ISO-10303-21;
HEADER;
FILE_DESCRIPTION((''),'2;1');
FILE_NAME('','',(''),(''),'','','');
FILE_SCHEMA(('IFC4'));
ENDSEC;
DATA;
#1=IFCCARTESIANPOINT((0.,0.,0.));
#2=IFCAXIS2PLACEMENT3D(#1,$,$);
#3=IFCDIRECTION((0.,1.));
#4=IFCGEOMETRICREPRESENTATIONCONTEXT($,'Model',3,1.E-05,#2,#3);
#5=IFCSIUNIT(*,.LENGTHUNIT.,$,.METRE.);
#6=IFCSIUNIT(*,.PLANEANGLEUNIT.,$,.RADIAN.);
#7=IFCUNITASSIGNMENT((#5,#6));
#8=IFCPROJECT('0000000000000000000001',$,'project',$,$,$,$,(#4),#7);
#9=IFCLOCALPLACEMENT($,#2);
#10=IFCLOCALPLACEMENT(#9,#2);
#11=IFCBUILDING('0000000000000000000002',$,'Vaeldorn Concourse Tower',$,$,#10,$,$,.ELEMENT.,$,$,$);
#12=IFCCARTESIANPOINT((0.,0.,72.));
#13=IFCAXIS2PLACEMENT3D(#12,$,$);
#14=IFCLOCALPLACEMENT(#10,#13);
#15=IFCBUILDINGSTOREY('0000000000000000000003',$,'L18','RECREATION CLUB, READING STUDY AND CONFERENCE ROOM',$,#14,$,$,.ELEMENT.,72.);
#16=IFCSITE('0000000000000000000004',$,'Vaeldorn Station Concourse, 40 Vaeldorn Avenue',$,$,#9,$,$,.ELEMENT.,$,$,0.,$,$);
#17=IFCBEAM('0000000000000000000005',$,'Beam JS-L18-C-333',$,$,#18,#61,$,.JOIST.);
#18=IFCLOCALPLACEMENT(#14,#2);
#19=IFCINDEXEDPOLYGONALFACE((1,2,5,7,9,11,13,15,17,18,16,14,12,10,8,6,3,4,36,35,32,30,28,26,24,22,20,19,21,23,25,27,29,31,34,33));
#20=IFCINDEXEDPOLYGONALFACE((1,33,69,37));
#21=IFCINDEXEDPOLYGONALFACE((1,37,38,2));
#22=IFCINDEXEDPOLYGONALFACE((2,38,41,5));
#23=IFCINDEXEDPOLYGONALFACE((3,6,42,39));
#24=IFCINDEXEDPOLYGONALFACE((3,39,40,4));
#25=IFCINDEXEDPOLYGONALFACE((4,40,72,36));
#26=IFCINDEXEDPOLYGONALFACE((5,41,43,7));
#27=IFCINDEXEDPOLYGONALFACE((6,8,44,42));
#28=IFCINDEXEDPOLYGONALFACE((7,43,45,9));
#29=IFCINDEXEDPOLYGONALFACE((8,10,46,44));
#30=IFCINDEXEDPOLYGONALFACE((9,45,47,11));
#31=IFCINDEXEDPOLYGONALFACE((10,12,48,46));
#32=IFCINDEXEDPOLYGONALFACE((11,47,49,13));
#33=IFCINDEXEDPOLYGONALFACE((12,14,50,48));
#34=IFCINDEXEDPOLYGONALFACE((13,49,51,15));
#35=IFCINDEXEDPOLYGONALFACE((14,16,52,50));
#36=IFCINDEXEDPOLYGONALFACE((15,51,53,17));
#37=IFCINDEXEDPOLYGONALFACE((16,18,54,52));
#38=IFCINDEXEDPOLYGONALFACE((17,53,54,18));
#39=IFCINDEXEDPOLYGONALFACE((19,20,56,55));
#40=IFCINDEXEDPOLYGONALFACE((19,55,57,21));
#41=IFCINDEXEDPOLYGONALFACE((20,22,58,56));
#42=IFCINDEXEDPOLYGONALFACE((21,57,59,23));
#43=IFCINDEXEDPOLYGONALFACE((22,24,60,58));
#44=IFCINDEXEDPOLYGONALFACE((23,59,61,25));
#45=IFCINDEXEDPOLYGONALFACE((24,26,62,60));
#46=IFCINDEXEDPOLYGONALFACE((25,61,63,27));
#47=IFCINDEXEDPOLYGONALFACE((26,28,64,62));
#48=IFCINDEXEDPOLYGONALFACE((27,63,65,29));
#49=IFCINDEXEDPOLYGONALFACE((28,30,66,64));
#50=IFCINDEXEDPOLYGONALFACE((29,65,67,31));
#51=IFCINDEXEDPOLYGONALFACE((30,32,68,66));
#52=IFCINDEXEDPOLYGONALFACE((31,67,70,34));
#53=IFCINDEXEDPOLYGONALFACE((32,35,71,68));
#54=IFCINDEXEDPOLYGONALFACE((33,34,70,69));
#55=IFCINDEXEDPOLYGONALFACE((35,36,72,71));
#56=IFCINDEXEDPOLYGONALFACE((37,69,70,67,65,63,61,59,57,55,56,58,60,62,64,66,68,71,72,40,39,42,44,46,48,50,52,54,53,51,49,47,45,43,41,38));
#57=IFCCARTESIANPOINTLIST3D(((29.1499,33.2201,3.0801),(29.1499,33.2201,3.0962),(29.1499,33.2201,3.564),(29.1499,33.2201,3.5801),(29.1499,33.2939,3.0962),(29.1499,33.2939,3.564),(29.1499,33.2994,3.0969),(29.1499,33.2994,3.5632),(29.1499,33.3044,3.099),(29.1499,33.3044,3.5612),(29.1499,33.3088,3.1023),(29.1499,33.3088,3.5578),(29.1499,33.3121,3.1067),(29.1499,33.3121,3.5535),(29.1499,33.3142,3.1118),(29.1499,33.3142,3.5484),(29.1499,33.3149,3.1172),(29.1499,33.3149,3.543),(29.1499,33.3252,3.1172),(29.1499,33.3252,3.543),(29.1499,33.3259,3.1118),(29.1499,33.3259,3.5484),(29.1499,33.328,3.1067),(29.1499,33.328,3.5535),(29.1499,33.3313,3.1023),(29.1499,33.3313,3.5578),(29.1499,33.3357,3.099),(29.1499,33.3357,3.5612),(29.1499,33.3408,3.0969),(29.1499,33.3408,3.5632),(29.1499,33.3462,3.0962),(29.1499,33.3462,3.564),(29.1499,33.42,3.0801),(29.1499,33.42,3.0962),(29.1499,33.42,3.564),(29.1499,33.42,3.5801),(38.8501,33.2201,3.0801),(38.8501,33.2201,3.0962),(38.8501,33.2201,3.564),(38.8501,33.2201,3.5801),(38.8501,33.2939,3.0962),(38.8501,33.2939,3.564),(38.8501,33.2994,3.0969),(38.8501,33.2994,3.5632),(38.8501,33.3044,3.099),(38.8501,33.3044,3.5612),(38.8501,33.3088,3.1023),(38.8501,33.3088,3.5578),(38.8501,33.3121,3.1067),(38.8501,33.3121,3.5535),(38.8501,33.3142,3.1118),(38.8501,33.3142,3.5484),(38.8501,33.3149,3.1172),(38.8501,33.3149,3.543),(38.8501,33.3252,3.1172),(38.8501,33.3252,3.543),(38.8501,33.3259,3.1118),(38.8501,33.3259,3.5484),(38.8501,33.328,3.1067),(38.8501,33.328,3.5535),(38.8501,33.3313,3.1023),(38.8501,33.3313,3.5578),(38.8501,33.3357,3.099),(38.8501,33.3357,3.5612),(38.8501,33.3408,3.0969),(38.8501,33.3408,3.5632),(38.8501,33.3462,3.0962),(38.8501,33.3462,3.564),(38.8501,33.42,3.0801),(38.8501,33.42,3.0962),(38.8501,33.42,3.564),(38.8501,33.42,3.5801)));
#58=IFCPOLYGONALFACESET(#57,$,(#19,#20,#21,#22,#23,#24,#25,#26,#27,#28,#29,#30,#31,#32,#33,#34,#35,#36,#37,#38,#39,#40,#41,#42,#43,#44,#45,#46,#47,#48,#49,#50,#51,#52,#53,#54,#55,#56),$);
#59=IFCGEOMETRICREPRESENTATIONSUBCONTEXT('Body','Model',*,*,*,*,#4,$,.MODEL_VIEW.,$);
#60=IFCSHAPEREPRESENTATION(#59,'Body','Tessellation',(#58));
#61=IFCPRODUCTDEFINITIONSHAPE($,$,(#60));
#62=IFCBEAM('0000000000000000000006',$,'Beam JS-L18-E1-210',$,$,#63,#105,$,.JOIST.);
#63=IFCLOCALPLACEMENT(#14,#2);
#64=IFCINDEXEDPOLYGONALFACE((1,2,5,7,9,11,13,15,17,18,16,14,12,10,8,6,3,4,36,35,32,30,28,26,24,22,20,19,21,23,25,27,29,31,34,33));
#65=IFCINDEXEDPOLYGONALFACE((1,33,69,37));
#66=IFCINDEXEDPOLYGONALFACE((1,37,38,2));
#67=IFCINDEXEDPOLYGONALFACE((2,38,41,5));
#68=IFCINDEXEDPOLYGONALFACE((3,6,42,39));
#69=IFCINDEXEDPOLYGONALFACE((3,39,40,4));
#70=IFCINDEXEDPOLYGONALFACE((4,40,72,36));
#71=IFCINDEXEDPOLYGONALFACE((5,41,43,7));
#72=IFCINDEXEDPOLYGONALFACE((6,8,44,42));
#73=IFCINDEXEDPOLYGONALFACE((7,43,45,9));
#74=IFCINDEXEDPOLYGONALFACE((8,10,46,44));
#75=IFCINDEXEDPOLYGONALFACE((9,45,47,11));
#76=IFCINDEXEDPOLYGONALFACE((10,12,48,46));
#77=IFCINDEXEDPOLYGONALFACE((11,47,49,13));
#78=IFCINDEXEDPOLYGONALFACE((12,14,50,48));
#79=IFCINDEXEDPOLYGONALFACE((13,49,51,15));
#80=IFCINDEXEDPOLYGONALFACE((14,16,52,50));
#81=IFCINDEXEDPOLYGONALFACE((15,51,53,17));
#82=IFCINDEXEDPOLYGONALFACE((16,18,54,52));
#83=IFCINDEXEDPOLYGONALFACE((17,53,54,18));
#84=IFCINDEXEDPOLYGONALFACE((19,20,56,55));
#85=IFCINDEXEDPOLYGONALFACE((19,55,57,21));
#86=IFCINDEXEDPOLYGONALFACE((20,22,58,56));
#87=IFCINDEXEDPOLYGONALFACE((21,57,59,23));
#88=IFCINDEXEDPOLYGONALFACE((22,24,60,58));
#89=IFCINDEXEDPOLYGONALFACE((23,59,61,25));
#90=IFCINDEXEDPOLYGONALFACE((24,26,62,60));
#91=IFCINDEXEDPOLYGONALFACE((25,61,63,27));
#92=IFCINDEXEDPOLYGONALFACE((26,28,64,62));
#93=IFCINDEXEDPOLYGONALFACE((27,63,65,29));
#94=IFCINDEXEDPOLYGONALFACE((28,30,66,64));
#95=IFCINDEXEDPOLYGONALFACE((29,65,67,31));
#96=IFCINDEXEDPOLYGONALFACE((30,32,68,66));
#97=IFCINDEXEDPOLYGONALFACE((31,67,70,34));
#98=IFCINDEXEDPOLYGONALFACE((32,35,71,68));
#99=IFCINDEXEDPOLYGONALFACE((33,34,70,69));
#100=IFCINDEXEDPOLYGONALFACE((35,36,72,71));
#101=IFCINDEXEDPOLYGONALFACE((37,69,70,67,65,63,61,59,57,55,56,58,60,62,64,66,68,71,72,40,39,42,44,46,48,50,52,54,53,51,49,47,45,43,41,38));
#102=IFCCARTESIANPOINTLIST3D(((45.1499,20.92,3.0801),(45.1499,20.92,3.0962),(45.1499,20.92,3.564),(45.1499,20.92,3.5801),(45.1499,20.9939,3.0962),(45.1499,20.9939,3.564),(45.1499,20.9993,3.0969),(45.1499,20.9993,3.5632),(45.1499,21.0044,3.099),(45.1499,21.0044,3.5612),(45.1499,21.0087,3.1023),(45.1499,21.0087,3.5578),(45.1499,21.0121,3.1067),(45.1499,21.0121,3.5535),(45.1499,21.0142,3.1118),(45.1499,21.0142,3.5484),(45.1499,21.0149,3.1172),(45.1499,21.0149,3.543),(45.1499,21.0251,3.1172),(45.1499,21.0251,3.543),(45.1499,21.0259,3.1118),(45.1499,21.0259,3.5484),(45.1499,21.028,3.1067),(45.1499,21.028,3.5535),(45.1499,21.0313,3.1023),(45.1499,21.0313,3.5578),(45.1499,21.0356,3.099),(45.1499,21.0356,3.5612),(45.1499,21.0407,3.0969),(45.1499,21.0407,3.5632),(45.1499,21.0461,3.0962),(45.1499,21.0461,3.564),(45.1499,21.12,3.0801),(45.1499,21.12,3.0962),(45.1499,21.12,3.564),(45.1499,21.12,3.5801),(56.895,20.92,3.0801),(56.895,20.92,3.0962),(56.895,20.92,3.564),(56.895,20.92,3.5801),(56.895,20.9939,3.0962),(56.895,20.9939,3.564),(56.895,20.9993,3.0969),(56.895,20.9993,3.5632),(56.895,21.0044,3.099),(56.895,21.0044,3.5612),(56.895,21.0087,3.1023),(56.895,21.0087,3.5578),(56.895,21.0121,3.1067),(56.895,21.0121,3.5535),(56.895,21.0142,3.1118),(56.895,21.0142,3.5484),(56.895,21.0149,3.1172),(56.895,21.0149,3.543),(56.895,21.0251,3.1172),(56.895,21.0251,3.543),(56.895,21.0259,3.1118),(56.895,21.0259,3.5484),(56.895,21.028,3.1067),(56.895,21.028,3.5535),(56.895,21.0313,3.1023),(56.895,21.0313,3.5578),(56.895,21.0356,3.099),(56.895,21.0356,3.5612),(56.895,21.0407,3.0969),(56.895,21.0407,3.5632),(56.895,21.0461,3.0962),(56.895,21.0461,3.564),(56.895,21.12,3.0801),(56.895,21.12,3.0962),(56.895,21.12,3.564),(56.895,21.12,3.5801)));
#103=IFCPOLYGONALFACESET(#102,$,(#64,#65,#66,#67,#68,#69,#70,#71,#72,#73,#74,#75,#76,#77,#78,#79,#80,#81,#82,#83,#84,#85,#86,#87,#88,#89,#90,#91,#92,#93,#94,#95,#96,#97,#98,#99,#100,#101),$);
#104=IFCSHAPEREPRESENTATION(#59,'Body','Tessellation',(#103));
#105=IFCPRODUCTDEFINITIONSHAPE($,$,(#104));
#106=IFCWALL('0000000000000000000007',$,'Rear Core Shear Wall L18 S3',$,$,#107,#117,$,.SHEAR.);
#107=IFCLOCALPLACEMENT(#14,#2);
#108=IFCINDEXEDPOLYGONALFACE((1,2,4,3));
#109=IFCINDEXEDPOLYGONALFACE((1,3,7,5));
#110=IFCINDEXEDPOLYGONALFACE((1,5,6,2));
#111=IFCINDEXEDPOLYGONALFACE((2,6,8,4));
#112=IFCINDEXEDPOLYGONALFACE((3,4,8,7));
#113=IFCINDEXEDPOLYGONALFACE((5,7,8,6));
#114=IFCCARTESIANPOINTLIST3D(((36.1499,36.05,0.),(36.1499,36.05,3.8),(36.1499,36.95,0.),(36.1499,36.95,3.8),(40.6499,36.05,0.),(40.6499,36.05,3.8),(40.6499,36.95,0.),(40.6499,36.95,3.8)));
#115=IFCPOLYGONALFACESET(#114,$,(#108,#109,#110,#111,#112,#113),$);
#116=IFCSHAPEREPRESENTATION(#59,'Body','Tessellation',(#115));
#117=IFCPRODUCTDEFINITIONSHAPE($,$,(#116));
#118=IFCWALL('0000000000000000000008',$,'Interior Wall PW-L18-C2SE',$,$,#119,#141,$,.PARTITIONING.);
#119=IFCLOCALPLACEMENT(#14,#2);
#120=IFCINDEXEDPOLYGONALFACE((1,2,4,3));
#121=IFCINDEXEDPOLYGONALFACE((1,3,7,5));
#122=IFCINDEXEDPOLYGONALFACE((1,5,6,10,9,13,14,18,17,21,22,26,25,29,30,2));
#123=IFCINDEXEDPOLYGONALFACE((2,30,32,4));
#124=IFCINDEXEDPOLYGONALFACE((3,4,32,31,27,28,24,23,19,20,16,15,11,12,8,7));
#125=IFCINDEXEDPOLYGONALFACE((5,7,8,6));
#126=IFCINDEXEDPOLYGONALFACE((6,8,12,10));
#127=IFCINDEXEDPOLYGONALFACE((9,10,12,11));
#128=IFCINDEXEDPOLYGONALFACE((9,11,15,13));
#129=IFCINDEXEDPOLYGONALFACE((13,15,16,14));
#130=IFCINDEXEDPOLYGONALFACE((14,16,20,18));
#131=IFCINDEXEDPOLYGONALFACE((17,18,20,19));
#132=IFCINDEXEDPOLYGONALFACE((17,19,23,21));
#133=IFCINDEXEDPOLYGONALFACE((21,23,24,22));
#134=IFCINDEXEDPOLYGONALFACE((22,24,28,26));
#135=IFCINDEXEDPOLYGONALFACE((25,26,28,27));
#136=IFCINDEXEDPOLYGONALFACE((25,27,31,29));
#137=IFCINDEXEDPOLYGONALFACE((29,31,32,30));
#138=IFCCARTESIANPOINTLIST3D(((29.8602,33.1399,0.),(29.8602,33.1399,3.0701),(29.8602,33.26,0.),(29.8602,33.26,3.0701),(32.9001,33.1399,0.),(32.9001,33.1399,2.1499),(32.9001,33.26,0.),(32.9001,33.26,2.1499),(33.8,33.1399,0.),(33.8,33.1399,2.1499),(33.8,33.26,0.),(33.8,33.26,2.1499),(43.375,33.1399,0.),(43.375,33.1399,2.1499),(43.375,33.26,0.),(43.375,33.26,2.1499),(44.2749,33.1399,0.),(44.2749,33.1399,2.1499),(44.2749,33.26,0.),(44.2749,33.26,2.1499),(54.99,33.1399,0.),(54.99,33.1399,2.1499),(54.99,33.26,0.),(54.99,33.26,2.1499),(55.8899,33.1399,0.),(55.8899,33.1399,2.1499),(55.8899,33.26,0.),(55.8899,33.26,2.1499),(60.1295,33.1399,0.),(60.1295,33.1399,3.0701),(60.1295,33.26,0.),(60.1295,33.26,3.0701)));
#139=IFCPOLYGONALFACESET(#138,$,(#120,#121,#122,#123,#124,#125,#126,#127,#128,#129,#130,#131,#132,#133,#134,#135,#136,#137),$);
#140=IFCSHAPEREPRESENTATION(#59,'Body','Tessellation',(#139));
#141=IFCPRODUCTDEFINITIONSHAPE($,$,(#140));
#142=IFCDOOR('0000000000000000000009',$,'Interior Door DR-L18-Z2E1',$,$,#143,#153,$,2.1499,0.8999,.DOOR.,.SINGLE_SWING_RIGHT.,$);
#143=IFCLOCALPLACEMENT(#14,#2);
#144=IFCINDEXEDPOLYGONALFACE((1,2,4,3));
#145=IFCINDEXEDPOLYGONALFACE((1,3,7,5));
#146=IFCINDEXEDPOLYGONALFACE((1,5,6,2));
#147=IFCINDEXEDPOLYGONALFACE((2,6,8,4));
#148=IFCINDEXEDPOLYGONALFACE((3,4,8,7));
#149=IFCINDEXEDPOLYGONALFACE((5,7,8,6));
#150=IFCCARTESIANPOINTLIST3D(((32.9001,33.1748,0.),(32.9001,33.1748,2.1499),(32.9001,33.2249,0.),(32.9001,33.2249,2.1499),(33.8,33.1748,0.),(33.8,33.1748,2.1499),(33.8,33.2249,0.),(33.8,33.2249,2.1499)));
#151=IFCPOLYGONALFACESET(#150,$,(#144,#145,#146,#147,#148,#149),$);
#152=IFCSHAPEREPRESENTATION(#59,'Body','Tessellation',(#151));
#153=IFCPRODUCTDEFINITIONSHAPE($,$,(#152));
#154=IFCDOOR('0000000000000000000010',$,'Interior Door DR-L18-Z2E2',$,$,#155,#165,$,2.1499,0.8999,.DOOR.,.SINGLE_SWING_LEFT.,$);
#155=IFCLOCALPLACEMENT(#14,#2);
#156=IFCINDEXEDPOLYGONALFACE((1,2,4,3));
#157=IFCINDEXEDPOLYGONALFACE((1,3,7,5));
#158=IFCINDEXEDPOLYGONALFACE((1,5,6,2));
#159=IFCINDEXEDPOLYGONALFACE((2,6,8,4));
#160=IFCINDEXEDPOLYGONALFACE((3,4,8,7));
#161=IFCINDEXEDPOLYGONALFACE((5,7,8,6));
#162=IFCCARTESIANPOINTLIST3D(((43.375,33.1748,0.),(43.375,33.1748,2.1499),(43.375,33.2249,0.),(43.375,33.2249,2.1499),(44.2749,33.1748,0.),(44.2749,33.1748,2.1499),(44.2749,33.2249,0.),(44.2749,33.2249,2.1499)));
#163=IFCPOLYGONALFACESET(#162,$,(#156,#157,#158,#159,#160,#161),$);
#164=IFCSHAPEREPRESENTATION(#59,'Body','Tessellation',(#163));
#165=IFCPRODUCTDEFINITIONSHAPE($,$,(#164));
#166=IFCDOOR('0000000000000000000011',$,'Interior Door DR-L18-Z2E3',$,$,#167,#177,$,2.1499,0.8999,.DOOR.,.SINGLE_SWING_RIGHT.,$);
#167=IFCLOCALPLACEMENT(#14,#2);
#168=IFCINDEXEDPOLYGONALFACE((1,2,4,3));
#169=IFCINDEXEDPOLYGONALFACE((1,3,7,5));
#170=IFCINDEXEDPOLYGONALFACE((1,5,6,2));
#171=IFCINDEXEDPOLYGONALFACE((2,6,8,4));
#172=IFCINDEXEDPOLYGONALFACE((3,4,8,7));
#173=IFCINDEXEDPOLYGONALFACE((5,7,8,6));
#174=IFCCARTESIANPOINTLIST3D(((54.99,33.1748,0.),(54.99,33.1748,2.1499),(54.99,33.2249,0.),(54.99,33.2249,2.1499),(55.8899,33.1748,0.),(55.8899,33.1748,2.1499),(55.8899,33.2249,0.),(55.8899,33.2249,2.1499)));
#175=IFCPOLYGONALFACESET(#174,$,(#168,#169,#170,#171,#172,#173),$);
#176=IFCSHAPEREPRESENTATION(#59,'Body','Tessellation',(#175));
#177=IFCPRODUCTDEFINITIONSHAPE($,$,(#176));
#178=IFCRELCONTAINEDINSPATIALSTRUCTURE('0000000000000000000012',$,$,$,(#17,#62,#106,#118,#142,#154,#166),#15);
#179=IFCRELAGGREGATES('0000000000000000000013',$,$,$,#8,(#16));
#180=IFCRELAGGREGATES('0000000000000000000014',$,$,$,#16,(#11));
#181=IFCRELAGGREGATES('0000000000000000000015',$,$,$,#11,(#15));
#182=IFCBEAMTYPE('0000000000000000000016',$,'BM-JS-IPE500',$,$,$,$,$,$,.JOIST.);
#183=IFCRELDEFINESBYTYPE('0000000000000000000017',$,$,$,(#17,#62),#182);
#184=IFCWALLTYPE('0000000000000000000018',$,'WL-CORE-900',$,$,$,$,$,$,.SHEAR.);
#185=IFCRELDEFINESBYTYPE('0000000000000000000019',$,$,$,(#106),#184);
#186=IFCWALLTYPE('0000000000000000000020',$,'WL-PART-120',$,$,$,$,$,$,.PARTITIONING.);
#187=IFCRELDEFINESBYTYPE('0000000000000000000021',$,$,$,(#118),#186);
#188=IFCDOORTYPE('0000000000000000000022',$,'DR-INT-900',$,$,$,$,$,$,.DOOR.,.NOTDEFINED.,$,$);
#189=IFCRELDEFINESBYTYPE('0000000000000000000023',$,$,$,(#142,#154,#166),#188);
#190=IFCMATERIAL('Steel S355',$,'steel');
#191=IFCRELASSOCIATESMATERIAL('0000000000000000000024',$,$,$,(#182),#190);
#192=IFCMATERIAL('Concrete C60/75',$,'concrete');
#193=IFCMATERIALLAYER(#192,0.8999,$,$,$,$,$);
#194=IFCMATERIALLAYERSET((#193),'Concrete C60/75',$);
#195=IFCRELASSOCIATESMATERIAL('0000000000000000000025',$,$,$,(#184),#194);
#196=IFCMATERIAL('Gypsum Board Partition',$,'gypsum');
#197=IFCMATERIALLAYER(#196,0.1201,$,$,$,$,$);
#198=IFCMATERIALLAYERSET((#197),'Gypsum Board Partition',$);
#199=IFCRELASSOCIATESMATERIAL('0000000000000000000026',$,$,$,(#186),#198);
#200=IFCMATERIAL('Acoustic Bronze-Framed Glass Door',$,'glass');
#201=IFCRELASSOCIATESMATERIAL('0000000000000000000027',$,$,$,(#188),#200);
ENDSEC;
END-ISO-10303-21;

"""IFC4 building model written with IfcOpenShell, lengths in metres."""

from ifc_helpers import new_model, si_unit, direction, frame, frame_2d, origin, origin_2d, place, context, subcontext, project, spatial, rectangle, i_section, extrude, source, transform, mapped, material, layer, layer_set, material_profile, profile_set, type_object, element, fill, save


model = new_model("IFC4")

# Units and contexts
model_context = context("Model", 3, precision=1e-05, world=origin(), true_north=direction((0.0, 1.0)))
body_context = subcontext(model_context, "Body", "Model", "MODEL_VIEW")
ifc_project = project(units=[si_unit("LENGTHUNIT", "METRE"), si_unit("PLANEANGLEUNIT", "RADIAN")], contexts=[model_context])

# Site, building, storey
site_placement = place(None, origin())
site = spatial("IfcSite", under=ifc_project, at=site_placement, Name="Vaeldorn Station Concourse, 40 Vaeldorn Avenue", CompositionType="ELEMENT", RefElevation=0.0)
building_placement = place(site_placement, origin())
building = spatial("IfcBuilding", under=site, at=building_placement, Name="Vaeldorn Concourse Tower", CompositionType="ELEMENT")
storey_placement = place(building_placement, frame((0.0, 0.0, 72.0)))
storey = spatial("IfcBuildingStorey", under=building, at=storey_placement, Name="L18", Description="RECREATION CLUB, READING STUDY AND CONFERENCE ROOM", CompositionType="ELEMENT", Elevation=72.0)

# Beams
ifc_material_1 = material(Name="Steel S355", Category="steel")
ifc_material_profile_1 = material_profile(ifc_material_1, i_section(OverallWidth=0.2, OverallDepth=0.5, WebThickness=0.0103, FlangeThickness=0.0161, FilletRadius=0.021, at=origin_2d()), Name="IPE 500")
ifc_profile_set_1 = profile_set([ifc_material_profile_1], Name="Steel S355")
beam_type_1 = type_object("IfcBeamType", Name="BM-JS-IPE500", PredefinedType="JOIST", material=ifc_profile_set_1)
shared_shape_1 = source(origin(), body_context, "Body", "SweptSolid", [
    extrude(i_section(OverallWidth=0.2, OverallDepth=0.5, WebThickness=0.0103, FlangeThickness=0.0161, FilletRadius=0.021, at=origin_2d()), origin(), (0.0, 0.0, 1.0), 9.7002),
])
for number, where, z_axis, x_axis, name in (
    (1, (29.1499, 33.3201, 3.3301), (1.0, 0.0, 0.0), (0.0, 1.0, 0.0), "Beam JS-L18-C-333"),
):
    element("IfcBeam", number, at=place(storey_placement, frame(where, z_axis=z_axis, x_axis=x_axis)), inside=storey, type_object=beam_type_1, Name=name, PredefinedType="JOIST", context=body_context, shape_type="MappedRepresentation", body=[
        mapped(shared_shape_1, transform((0.0, 0.0, 0.0), scale=1.0)),
    ])
shared_shape_2 = source(origin(), body_context, "Body", "SweptSolid", [
    extrude(i_section(OverallWidth=0.2, OverallDepth=0.5, WebThickness=0.0103, FlangeThickness=0.0161, FilletRadius=0.021, at=origin_2d()), origin(), (0.0, 0.0, 1.0), 11.7451),
])
beam_1_placement = place(storey_placement, frame((45.1499, 21.02, 3.3301), z_axis=(1.0, 0.0, 0.0), x_axis=(0.0, 1.0, 0.0)))
element("IfcBeam", 2, at=beam_1_placement, inside=storey, type_object=beam_type_1, Name="Beam JS-L18-E1-210", PredefinedType="JOIST", context=body_context, shape_type="MappedRepresentation", body=[
    mapped(shared_shape_2, transform((0.0, 0.0, 0.0), scale=1.0)),
])

# Wall
ifc_material_2 = material(Name="Concrete C60/75", Category="concrete")
ifc_layer_1 = layer(ifc_material_2, 0.8999)
ifc_layer_set_1 = layer_set([ifc_layer_1], Name="Concrete C60/75")
wall_type_1 = type_object("IfcWallType", Name="WL-CORE-900", PredefinedType="SHEAR", material=ifc_layer_set_1)
wall_1_placement = place(storey_placement, frame((36.1499, 36.5, 0.0), z_axis=(0.0, 0.0, 1.0), x_axis=(1.0, 0.0, 0.0)))
element("IfcWall", 3, at=wall_1_placement, inside=storey, type_object=wall_type_1, Name="Rear Core Shear Wall L18 S3", PredefinedType="SHEAR", context=body_context, shape_type="SweptSolid", body=[
    extrude(rectangle(XDim=4.5, YDim=0.8999, at=frame_2d((2.25, 0.0))), origin(), (0.0, 0.0, 1.0), 3.8),
])

# Wall, openings, doors
ifc_material_3 = material(Name="Gypsum Board Partition", Category="gypsum")
ifc_layer_2 = layer(ifc_material_3, 0.1201)
ifc_layer_set_2 = layer_set([ifc_layer_2], Name="Gypsum Board Partition")
wall_type_2 = type_object("IfcWallType", Name="WL-PART-120", PredefinedType="PARTITIONING", material=ifc_layer_set_2)
wall_2_placement = place(storey_placement, frame((29.8601, 33.2, 0.0), z_axis=(0.0, 0.0, 1.0), x_axis=(1.0, 0.0, 0.0)))
wall_2 = element("IfcWall", 4, at=wall_2_placement, inside=storey, type_object=wall_type_2, Name="Interior Wall PW-L18-C2SE", PredefinedType="PARTITIONING", context=body_context, shape_type="SweptSolid", body=[
    extrude(rectangle(XDim=30.2693, YDim=0.1201, at=frame_2d((15.1348, 0.0))), origin(), (0.0, 0.0, 1.0), 3.0701),
])
opening_1_placement = place(wall_2_placement, frame((3.04, 0.0, 0.0)))
opening_1 = element("IfcOpeningElement", 5, at=opening_1_placement, cuts=wall_2, PredefinedType="OPENING", context=body_context, shape_type="SweptSolid", body=[
    extrude(rectangle(XDim=0.8999, YDim=2.1499, at=frame_2d((0.45, 1.075))), frame((0.0, 0.0701, 0.0), z_axis=(0.0, -1.0, 0.0), x_axis=(1.0, 0.0, 0.0)), (0.0, 0.0, 1.0), 0.1401),
])
opening_2_placement = place(wall_2_placement, frame((13.5149, 0.0, 0.0)))
opening_2 = element("IfcOpeningElement", 6, at=opening_2_placement, cuts=wall_2, PredefinedType="OPENING", context=body_context, shape_type="SweptSolid", body=[
    extrude(rectangle(XDim=0.8999, YDim=2.1499, at=frame_2d((0.45, 1.075))), frame((0.0, 0.0701, 0.0), z_axis=(0.0, -1.0, 0.0), x_axis=(1.0, 0.0, 0.0)), (0.0, 0.0, 1.0), 0.1401),
])
opening_3_placement = place(wall_2_placement, frame((25.1299, 0.0, 0.0)))
opening_3 = element("IfcOpeningElement", 7, at=opening_3_placement, cuts=wall_2, PredefinedType="OPENING", context=body_context, shape_type="SweptSolid", body=[
    extrude(rectangle(XDim=0.8999, YDim=2.1499, at=frame_2d((0.45, 1.075))), frame((0.0, 0.0701, 0.0), z_axis=(0.0, -1.0, 0.0), x_axis=(1.0, 0.0, 0.0)), (0.0, 0.0, 1.0), 0.1401),
])
ifc_material_4 = material(Name="Acoustic Bronze-Framed Glass Door", Category="glass")
door_type = type_object("IfcDoorType", Name="DR-INT-900", OperationType="NOTDEFINED", PredefinedType="DOOR", material=ifc_material_4)
shared_shape_3 = source(origin(), body_context, "Body", "SweptSolid", [
    extrude(rectangle(XDim=0.8999, YDim=2.1499, at=frame_2d((0.45, 1.075))), frame((0.0, 0.0249, 0.0), z_axis=(0.0, -1.0, 0.0), x_axis=(1.0, 0.0, 0.0)), (0.0, 0.0, 1.0), 0.05),
])
door_1_placement = place(opening_1_placement, origin())
door_1 = element("IfcDoor", 8, at=door_1_placement, inside=storey, type_object=door_type, Name="Interior Door DR-L18-Z2E1", OperationType="SINGLE_SWING_RIGHT", OverallHeight=2.1499, OverallWidth=0.8999, PredefinedType="DOOR", context=body_context, shape_type="MappedRepresentation", body=[
    mapped(shared_shape_3, transform((0.0, 0.0, 0.0), scale=1.0)),
])
fill(opening_1, door_1)
door_2_placement = place(opening_2_placement, origin())
door_2 = element("IfcDoor", 9, at=door_2_placement, inside=storey, type_object=door_type, Name="Interior Door DR-L18-Z2E2", OperationType="SINGLE_SWING_LEFT", OverallHeight=2.1499, OverallWidth=0.8999, PredefinedType="DOOR", context=body_context, shape_type="MappedRepresentation", body=[
    mapped(shared_shape_3, transform((0.0, 0.0, 0.0), scale=1.0)),
])
fill(opening_2, door_2)
door_3_placement = place(opening_3_placement, origin())
door_3 = element("IfcDoor", 10, at=door_3_placement, inside=storey, type_object=door_type, Name="Interior Door DR-L18-Z2E3", OperationType="SINGLE_SWING_RIGHT", OverallHeight=2.1499, OverallWidth=0.8999, PredefinedType="DOOR", context=body_context, shape_type="MappedRepresentation", body=[
    mapped(shared_shape_3, transform((0.0, 0.0, 0.0), scale=1.0)),
])
fill(opening_3, door_3)

save(model, "model.ifc")
